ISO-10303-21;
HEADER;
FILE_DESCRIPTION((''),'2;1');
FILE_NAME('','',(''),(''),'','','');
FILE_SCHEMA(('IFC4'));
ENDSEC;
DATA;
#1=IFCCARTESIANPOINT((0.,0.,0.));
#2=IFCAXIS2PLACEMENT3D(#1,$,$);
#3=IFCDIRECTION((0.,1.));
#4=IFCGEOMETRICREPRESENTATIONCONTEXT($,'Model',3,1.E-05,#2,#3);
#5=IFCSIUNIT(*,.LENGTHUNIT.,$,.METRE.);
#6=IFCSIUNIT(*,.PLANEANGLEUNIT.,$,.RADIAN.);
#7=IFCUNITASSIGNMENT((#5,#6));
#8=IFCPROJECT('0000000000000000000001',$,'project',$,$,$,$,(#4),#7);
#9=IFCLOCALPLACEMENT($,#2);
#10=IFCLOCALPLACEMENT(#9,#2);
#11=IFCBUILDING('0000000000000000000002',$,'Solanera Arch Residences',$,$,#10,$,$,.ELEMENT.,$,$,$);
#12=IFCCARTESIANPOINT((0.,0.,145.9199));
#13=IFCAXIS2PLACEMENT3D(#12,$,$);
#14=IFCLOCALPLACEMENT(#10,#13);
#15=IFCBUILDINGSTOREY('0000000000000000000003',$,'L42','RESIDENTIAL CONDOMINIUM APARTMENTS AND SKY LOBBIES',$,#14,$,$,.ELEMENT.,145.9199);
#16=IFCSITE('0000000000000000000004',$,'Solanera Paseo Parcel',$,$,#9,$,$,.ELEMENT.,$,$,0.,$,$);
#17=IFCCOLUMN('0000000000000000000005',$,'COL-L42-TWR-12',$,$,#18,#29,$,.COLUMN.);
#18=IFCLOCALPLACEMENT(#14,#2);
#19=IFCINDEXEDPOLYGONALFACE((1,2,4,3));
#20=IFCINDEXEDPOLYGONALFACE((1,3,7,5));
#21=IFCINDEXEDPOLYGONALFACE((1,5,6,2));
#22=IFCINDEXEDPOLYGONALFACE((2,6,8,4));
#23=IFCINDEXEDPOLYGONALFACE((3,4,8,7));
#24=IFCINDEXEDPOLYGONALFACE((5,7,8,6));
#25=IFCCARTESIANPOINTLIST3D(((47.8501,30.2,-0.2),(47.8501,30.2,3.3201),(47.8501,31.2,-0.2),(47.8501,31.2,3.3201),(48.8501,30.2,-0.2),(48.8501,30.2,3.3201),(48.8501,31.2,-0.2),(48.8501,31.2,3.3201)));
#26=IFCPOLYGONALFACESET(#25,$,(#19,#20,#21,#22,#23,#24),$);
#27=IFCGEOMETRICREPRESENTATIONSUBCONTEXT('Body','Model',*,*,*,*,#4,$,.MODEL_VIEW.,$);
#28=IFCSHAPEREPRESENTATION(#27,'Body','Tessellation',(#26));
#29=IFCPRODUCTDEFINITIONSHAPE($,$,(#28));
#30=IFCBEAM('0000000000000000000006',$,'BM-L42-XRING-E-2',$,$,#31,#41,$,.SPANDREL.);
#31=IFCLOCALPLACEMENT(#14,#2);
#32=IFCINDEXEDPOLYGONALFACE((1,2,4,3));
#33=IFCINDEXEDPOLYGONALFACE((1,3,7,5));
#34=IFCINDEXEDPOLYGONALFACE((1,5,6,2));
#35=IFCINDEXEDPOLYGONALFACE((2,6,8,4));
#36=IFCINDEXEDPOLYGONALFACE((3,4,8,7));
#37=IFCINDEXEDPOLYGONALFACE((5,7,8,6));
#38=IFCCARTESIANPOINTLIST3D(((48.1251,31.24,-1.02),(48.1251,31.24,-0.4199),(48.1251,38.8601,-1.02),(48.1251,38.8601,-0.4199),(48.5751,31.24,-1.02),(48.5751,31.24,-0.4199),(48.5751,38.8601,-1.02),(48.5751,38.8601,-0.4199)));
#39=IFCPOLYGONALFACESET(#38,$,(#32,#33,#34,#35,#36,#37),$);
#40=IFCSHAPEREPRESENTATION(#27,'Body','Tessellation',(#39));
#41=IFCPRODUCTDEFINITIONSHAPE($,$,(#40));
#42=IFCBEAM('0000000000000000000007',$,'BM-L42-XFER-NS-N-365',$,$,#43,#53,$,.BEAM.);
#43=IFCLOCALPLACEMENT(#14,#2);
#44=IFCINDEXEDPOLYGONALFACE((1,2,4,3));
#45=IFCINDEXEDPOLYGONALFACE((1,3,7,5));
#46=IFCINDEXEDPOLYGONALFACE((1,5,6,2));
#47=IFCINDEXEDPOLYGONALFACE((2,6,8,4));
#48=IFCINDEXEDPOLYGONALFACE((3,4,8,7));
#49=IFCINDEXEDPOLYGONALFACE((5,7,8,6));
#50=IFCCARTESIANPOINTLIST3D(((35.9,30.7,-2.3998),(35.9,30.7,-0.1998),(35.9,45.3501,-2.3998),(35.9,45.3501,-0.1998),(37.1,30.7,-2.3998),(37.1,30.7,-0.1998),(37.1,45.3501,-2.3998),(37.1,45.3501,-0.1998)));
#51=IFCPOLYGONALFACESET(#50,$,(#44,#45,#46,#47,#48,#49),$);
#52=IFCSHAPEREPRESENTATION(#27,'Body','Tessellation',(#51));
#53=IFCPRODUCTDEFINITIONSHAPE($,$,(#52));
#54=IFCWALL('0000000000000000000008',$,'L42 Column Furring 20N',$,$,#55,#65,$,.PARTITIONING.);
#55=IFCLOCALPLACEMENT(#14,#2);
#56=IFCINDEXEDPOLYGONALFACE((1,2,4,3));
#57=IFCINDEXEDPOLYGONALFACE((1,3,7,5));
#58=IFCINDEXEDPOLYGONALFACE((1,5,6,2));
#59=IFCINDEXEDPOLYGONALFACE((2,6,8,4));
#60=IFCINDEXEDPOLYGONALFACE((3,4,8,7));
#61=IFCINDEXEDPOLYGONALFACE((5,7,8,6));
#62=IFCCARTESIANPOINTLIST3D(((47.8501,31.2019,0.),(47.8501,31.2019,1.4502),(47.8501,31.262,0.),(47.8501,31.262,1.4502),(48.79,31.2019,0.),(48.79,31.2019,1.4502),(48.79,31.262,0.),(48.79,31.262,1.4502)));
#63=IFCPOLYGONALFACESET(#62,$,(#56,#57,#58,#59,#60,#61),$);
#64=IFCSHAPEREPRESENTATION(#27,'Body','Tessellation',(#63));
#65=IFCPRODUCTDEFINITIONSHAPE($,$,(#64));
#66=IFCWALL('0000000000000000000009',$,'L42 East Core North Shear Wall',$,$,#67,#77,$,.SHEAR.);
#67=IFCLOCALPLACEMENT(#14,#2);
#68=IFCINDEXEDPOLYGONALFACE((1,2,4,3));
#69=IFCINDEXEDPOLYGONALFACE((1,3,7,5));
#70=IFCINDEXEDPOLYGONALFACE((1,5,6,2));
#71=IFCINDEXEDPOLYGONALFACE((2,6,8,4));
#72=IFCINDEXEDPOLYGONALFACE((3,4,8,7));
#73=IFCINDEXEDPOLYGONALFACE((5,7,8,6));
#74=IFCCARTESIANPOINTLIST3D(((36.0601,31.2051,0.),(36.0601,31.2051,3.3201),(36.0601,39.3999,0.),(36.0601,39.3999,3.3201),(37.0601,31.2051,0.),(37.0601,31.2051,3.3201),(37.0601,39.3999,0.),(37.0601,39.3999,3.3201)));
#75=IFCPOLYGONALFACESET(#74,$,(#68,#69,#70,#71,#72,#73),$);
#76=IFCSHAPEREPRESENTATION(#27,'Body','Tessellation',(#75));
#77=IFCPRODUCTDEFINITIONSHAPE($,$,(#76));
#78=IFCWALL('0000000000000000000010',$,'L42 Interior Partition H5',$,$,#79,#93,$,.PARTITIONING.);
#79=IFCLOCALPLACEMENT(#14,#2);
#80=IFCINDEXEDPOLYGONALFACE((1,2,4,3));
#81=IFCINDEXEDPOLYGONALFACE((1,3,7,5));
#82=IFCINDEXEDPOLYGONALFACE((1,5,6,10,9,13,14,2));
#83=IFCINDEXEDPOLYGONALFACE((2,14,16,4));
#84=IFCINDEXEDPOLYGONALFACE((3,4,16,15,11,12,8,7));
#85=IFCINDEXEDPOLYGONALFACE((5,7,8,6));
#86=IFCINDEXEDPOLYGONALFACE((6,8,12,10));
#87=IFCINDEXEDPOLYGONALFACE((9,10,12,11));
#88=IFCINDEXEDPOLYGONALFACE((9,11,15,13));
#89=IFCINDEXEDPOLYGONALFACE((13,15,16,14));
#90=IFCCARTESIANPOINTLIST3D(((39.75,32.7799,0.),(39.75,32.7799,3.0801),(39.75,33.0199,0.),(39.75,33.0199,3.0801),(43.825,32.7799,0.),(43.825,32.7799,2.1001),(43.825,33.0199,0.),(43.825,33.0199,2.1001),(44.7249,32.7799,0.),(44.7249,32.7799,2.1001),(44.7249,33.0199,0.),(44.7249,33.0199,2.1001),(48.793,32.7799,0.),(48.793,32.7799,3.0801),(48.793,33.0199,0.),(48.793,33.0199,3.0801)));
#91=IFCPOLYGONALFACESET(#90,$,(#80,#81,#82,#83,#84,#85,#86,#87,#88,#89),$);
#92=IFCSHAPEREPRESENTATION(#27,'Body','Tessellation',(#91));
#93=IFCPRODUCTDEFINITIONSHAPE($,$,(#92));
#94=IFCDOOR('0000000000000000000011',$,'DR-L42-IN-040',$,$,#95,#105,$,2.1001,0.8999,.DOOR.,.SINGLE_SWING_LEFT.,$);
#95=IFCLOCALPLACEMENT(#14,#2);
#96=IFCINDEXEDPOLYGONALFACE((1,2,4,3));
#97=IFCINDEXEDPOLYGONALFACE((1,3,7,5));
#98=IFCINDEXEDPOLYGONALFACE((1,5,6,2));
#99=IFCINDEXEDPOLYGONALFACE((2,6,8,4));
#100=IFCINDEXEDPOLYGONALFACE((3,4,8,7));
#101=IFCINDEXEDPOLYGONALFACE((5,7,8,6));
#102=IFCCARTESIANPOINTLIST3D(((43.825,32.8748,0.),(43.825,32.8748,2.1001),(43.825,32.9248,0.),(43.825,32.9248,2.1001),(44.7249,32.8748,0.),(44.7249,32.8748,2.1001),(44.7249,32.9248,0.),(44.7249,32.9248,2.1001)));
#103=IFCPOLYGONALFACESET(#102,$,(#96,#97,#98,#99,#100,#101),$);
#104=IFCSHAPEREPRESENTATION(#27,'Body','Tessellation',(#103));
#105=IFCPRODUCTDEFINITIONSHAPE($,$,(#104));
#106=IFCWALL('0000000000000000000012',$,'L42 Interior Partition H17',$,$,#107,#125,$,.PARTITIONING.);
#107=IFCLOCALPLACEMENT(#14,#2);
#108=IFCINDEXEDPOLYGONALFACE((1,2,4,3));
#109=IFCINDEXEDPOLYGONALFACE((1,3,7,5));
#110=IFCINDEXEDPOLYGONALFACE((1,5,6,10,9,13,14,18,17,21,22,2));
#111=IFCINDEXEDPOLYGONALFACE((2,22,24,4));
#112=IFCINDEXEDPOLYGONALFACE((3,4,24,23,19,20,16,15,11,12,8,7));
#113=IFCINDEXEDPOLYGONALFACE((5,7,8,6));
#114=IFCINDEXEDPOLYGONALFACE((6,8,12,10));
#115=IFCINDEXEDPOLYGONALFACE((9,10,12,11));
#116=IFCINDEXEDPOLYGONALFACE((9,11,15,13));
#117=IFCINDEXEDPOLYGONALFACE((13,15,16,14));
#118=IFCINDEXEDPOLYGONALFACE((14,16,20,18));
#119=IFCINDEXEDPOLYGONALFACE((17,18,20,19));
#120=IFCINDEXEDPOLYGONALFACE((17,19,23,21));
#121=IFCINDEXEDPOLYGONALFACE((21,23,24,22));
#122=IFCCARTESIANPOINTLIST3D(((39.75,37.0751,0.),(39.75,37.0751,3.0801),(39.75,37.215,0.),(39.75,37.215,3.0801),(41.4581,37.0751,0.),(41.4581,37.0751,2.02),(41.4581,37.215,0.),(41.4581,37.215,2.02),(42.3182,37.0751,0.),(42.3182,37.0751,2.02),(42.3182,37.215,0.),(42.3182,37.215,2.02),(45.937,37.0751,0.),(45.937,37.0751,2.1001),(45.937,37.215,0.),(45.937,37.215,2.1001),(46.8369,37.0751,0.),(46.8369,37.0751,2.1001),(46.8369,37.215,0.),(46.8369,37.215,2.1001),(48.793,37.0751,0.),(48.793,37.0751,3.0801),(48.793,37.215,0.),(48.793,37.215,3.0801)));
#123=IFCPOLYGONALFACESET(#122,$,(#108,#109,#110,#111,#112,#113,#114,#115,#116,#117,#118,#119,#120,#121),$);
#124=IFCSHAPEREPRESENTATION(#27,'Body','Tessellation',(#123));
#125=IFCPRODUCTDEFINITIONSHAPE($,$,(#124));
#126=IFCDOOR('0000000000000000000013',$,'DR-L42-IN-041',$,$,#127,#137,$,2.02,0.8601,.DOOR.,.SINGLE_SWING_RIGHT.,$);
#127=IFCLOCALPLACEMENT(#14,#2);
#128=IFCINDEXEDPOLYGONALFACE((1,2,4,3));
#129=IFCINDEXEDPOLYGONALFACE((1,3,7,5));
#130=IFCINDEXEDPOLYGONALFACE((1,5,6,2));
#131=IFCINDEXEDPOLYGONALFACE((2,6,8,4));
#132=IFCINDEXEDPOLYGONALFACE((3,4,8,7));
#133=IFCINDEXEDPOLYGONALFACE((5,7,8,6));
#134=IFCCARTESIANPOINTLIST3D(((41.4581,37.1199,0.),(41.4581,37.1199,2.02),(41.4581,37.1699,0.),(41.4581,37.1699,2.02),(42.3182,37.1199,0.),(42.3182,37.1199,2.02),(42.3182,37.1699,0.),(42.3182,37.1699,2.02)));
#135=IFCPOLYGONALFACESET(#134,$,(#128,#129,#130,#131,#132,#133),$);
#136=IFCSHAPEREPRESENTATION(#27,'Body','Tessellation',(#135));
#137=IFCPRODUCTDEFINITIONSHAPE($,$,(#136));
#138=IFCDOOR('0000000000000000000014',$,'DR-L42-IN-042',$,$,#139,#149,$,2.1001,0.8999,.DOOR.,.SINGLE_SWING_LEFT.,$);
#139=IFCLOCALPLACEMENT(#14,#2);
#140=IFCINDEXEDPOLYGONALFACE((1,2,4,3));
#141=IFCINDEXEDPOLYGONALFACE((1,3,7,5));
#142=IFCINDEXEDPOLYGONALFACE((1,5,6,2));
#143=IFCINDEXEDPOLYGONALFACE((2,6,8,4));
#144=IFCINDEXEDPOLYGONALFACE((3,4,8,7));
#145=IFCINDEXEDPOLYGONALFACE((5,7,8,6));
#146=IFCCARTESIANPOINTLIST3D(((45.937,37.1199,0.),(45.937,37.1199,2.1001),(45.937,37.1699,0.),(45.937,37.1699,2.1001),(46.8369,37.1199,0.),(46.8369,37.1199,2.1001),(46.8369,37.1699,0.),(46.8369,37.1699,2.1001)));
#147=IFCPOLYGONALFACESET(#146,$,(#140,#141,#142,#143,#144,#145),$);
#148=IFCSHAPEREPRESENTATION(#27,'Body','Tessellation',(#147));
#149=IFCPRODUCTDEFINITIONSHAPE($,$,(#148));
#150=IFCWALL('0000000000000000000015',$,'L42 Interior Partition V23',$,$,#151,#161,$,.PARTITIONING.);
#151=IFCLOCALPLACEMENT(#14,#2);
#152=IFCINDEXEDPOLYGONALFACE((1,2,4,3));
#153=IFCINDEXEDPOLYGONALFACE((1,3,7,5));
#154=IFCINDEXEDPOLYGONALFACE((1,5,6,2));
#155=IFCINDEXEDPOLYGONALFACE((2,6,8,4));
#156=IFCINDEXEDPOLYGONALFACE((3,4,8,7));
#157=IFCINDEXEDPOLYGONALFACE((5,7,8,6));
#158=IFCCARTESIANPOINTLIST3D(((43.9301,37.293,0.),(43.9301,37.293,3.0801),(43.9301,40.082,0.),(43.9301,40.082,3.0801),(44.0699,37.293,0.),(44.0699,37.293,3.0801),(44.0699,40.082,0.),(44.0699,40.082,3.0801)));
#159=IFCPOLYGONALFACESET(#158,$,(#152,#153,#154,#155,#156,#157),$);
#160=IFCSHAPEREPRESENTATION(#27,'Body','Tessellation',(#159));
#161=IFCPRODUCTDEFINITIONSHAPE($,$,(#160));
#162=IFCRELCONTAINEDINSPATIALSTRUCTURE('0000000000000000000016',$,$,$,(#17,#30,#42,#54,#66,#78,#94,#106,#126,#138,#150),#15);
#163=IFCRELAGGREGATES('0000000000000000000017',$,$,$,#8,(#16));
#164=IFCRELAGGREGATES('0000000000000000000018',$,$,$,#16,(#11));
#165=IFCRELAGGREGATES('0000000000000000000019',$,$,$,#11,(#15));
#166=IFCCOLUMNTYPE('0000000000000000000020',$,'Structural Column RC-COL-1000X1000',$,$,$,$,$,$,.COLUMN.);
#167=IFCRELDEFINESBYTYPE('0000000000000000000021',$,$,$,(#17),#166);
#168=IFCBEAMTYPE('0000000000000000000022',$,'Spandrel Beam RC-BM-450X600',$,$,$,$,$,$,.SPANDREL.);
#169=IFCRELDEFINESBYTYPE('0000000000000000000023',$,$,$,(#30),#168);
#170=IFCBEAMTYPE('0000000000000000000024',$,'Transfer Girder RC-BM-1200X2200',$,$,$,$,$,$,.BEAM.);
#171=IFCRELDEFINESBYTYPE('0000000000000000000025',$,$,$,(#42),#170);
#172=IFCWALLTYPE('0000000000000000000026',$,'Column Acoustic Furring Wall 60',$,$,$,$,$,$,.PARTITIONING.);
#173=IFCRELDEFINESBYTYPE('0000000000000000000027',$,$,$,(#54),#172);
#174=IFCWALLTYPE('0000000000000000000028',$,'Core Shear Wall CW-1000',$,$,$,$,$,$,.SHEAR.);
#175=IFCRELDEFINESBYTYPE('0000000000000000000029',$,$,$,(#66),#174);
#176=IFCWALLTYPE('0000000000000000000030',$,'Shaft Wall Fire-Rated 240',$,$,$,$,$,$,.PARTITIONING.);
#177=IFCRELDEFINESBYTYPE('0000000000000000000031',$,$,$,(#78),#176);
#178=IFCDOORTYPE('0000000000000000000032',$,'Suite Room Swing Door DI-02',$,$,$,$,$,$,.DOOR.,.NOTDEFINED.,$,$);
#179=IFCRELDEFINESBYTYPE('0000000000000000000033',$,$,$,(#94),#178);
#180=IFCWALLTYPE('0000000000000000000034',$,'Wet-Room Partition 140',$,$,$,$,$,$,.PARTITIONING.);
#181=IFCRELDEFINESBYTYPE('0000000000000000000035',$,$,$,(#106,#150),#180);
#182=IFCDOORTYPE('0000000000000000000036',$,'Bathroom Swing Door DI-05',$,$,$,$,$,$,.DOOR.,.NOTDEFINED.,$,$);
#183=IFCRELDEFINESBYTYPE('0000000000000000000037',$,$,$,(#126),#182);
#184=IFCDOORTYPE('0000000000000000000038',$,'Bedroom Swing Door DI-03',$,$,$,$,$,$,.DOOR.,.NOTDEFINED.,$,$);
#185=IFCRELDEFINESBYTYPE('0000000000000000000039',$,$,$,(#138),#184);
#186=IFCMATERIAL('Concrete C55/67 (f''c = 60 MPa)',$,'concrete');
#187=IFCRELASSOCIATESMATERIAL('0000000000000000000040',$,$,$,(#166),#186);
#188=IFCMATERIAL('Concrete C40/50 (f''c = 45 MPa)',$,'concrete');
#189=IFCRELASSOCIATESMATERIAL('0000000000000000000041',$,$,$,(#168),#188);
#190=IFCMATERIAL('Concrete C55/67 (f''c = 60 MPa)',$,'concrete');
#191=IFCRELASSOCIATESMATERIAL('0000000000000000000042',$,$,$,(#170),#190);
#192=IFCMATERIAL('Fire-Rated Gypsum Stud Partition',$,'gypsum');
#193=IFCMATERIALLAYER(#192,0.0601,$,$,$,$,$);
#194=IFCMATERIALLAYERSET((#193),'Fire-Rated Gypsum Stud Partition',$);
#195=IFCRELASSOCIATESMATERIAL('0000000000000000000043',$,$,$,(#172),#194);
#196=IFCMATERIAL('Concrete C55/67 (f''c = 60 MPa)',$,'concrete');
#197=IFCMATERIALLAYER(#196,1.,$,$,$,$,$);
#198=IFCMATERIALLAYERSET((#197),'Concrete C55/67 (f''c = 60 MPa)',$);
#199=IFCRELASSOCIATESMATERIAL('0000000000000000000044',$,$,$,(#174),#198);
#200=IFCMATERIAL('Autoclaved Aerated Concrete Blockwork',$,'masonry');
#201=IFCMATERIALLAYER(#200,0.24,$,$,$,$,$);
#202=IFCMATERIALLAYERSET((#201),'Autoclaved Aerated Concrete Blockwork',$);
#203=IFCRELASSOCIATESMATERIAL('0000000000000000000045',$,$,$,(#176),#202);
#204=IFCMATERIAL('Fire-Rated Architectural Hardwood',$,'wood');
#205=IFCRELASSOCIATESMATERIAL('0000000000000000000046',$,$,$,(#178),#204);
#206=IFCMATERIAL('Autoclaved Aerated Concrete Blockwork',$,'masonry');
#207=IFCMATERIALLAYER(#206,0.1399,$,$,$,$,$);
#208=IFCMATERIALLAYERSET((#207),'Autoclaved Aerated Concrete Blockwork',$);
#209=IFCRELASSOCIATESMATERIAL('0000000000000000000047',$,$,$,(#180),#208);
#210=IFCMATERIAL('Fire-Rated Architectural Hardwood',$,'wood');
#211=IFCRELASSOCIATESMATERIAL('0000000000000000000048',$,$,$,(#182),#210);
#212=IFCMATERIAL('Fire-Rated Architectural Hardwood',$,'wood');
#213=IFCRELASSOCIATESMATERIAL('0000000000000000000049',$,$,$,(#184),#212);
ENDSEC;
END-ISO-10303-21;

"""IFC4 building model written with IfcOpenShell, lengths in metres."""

from ifc_helpers import new_model, si_unit, direction, frame, frame_2d, origin, origin_2d, place, context, subcontext, project, spatial, rectangle, extrude, material, layer, layer_set, material_profile, profile_set, type_object, element, fill, save


model = new_model("IFC4")

# Units and contexts
model_context = context("Model", 3, precision=1e-05, world=origin(), true_north=direction((0.0, 1.0)))
body_context = subcontext(model_context, "Body", "Model", "MODEL_VIEW")
ifc_project = project(units=[si_unit("LENGTHUNIT", "METRE"), si_unit("PLANEANGLEUNIT", "RADIAN")], contexts=[model_context])

# Site, building, storey
site_placement = place(None, origin())
site = spatial("IfcSite", under=ifc_project, at=site_placement, Name="Solanera Paseo Parcel", CompositionType="ELEMENT", RefElevation=0.0)
building_placement = place(site_placement, origin())
building = spatial("IfcBuilding", under=site, at=building_placement, Name="Solanera Arch Residences", CompositionType="ELEMENT")
storey_placement = place(building_placement, frame((0.0, 0.0, 145.9199)))
storey = spatial("IfcBuildingStorey", under=building, at=storey_placement, Name="L42", Description="RESIDENTIAL CONDOMINIUM APARTMENTS AND SKY LOBBIES", CompositionType="ELEMENT", Elevation=145.9199)

# Column
ifc_material_1 = material(Name="Concrete C55/67 (f'c = 60 MPa)", Category="concrete")
ifc_material_profile_1 = material_profile(ifc_material_1, rectangle(XDim=1.0, YDim=1.0, at=origin_2d()))
ifc_profile_set_1 = profile_set([ifc_material_profile_1], Name="Concrete C55/67 (f'c = 60 MPa)")
column_type = type_object("IfcColumnType", Name="Structural Column RC-COL-1000X1000", PredefinedType="COLUMN", material=ifc_profile_set_1)
column_placement = place(storey_placement, frame((48.3501, 30.7, -0.2), z_axis=(0.0, 0.0, 1.0), x_axis=(1.0, 0.0, 0.0)))
element("IfcColumn", 1, at=column_placement, inside=storey, type_object=column_type, Name="COL-L42-TWR-12", PredefinedType="COLUMN", context=body_context, shape_type="SweptSolid", body=[
    extrude(rectangle(XDim=1.0, YDim=1.0, at=origin_2d()), origin(), (0.0, 0.0, 1.0), 3.52),
])

# Beams
ifc_material_2 = material(Name="Concrete C40/50 (f'c = 45 MPa)", Category="concrete")
ifc_material_profile_2 = material_profile(ifc_material_2, rectangle(XDim=0.45, YDim=0.6001, at=origin_2d()))
ifc_profile_set_2 = profile_set([ifc_material_profile_2], Name="Concrete C40/50 (f'c = 45 MPa)")
beam_type_1 = type_object("IfcBeamType", Name="Spandrel Beam RC-BM-450X600", PredefinedType="SPANDREL", material=ifc_profile_set_2)
beam_1_placement = place(storey_placement, frame((48.3501, 31.24, -0.72), z_axis=(0.0, 1.0, 0.0), x_axis=(-1.0, 0.0, 0.0)))
element("IfcBeam", 2, at=beam_1_placement, inside=storey, type_object=beam_type_1, Name="BM-L42-XRING-E-2", PredefinedType="SPANDREL", context=body_context, shape_type="SweptSolid", body=[
    extrude(rectangle(XDim=0.45, YDim=0.6001, at=origin_2d()), origin(), (0.0, 0.0, 1.0), 7.6201),
])
ifc_material_3 = material(Name="Concrete C55/67 (f'c = 60 MPa)", Category="concrete")
ifc_material_profile_3 = material_profile(ifc_material_3, rectangle(XDim=1.2, YDim=2.2, at=origin_2d()))
ifc_profile_set_3 = profile_set([ifc_material_profile_3], Name="Concrete C55/67 (f'c = 60 MPa)")
beam_type_2 = type_object("IfcBeamType", Name="Transfer Girder RC-BM-1200X2200", PredefinedType="BEAM", material=ifc_profile_set_3)
beam_2_placement = place(storey_placement, frame((36.5, 30.7, -1.2998), z_axis=(0.0, 1.0, 0.0), x_axis=(-1.0, 0.0, 0.0)))
element("IfcBeam", 3, at=beam_2_placement, inside=storey, type_object=beam_type_2, Name="BM-L42-XFER-NS-N-365", PredefinedType="BEAM", context=body_context, shape_type="SweptSolid", body=[
    extrude(rectangle(XDim=1.2, YDim=2.2, at=origin_2d()), origin(), (0.0, 0.0, 1.0), 14.6501),
])

# Walls
ifc_material_4 = material(Name="Fire-Rated Gypsum Stud Partition", Category="gypsum")
ifc_layer_1 = layer(ifc_material_4, 0.0601)
ifc_layer_set_1 = layer_set([ifc_layer_1], Name="Fire-Rated Gypsum Stud Partition")
wall_type_1 = type_object("IfcWallType", Name="Column Acoustic Furring Wall 60", PredefinedType="PARTITIONING", material=ifc_layer_set_1)
wall_1_placement = place(storey_placement, frame((47.8501, 31.2319, 0.0), z_axis=(0.0, 0.0, 1.0), x_axis=(1.0, 0.0, 0.0)))
element("IfcWall", 4, at=wall_1_placement, inside=storey, type_object=wall_type_1, Name="L42 Column Furring 20N", PredefinedType="PARTITIONING", context=body_context, shape_type="SweptSolid", body=[
    extrude(rectangle(XDim=0.9399, YDim=0.0601, at=frame_2d((0.47, 0.0))), origin(), (0.0, 0.0, 1.0), 1.4502),
])
ifc_material_5 = material(Name="Concrete C55/67 (f'c = 60 MPa)", Category="concrete")
ifc_layer_2 = layer(ifc_material_5, 1.0)
ifc_layer_set_2 = layer_set([ifc_layer_2], Name="Concrete C55/67 (f'c = 60 MPa)")
wall_type_2 = type_object("IfcWallType", Name="Core Shear Wall CW-1000", PredefinedType="SHEAR", material=ifc_layer_set_2)
wall_2_placement = place(storey_placement, frame((36.5601, 31.2051, 0.0), z_axis=(0.0, 0.0, 1.0), x_axis=(0.0, 1.0, 0.0)))
element("IfcWall", 5, at=wall_2_placement, inside=storey, type_object=wall_type_2, Name="L42 East Core North Shear Wall", PredefinedType="SHEAR", context=body_context, shape_type="SweptSolid", body=[
    extrude(rectangle(XDim=8.1948, YDim=1.0, at=frame_2d((4.0974, 0.0))), origin(), (0.0, 0.0, 1.0), 3.3201),
])

# Wall, opening, door
ifc_material_6 = material(Name="Autoclaved Aerated Concrete Blockwork", Category="masonry")
ifc_layer_3 = layer(ifc_material_6, 0.24)
ifc_layer_set_3 = layer_set([ifc_layer_3], Name="Autoclaved Aerated Concrete Blockwork")
wall_type_3 = type_object("IfcWallType", Name="Shaft Wall Fire-Rated 240", PredefinedType="PARTITIONING", material=ifc_layer_set_3)
wall_3_placement = place(storey_placement, frame((39.75, 32.8999, 0.0), z_axis=(0.0, 0.0, 1.0), x_axis=(1.0, 0.0, 0.0)))
wall_3 = element("IfcWall", 6, at=wall_3_placement, inside=storey, type_object=wall_type_3, Name="L42 Interior Partition H5", PredefinedType="PARTITIONING", context=body_context, shape_type="SweptSolid", body=[
    extrude(rectangle(XDim=9.043, YDim=0.24, at=frame_2d((4.5215, 0.0))), origin(), (0.0, 0.0, 1.0), 3.0801),
])
opening_1_placement = place(wall_3_placement, frame((4.075, 0.0, 0.0)))
opening_1 = element("IfcOpeningElement", 7, at=opening_1_placement, cuts=wall_3, PredefinedType="OPENING", context=body_context, shape_type="SweptSolid", body=[
    extrude(rectangle(XDim=0.8999, YDim=2.1001, at=frame_2d((0.45, 1.05))), frame((0.0, 0.1299, 0.0), z_axis=(0.0, -1.0, 0.0), x_axis=(1.0, 0.0, 0.0)), (0.0, 0.0, 1.0), 0.26),
])
ifc_material_7 = material(Name="Fire-Rated Architectural Hardwood", Category="wood")
door_type_1 = type_object("IfcDoorType", Name="Suite Room Swing Door DI-02", OperationType="NOTDEFINED", PredefinedType="DOOR", material=ifc_material_7)
door_1_placement = place(opening_1_placement, origin())
door_1 = element("IfcDoor", 8, at=door_1_placement, inside=storey, type_object=door_type_1, Name="DR-L42-IN-040", OperationType="SINGLE_SWING_LEFT", OverallHeight=2.1001, OverallWidth=0.8999, PredefinedType="DOOR", context=body_context, shape_type="SweptSolid", body=[
    extrude(rectangle(XDim=0.8999, YDim=2.1001, at=frame_2d((0.45, 1.05))), frame((0.0, 0.0249, 0.0), z_axis=(0.0, -1.0, 0.0), x_axis=(1.0, 0.0, 0.0)), (0.0, 0.0, 1.0), 0.05),
])
fill(opening_1, door_1)

# Wall, openings, doors
ifc_material_8 = material(Name="Autoclaved Aerated Concrete Blockwork", Category="masonry")
ifc_layer_4 = layer(ifc_material_8, 0.1399)
ifc_layer_set_4 = layer_set([ifc_layer_4], Name="Autoclaved Aerated Concrete Blockwork")
wall_type_4 = type_object("IfcWallType", Name="Wet-Room Partition 140", PredefinedType="PARTITIONING", material=ifc_layer_set_4)
wall_4_placement = place(storey_placement, frame((39.75, 37.145, 0.0), z_axis=(0.0, 0.0, 1.0), x_axis=(1.0, 0.0, 0.0)))
wall_4 = element("IfcWall", 9, at=wall_4_placement, inside=storey, type_object=wall_type_4, Name="L42 Interior Partition H17", PredefinedType="PARTITIONING", context=body_context, shape_type="SweptSolid", body=[
    extrude(rectangle(XDim=9.043, YDim=0.1399, at=frame_2d((4.5215, 0.0))), origin(), (0.0, 0.0, 1.0), 3.0801),
])
opening_2_placement = place(wall_4_placement, frame((1.708, 0.0, 0.0)))
opening_2 = element("IfcOpeningElement", 10, at=opening_2_placement, cuts=wall_4, PredefinedType="OPENING", context=body_context, shape_type="SweptSolid", body=[
    extrude(rectangle(XDim=0.8601, YDim=2.02, at=frame_2d((0.4302, 1.01))), frame((0.0, 0.0798, 0.0), z_axis=(0.0, -1.0, 0.0), x_axis=(1.0, 0.0, 0.0)), (0.0, 0.0, 1.0), 0.1599),
])
opening_3_placement = place(wall_4_placement, frame((6.187, 0.0, 0.0)))
opening_3 = element("IfcOpeningElement", 11, at=opening_3_placement, cuts=wall_4, PredefinedType="OPENING", context=body_context, shape_type="SweptSolid", body=[
    extrude(rectangle(XDim=0.8999, YDim=2.1001, at=frame_2d((0.45, 1.05))), frame((0.0, 0.0798, 0.0), z_axis=(0.0, -1.0, 0.0), x_axis=(1.0, 0.0, 0.0)), (0.0, 0.0, 1.0), 0.1599),
])
ifc_material_9 = material(Name="Fire-Rated Architectural Hardwood", Category="wood")
door_type_2 = type_object("IfcDoorType", Name="Bathroom Swing Door DI-05", OperationType="NOTDEFINED", PredefinedType="DOOR", material=ifc_material_9)
door_2_placement = place(opening_2_placement, origin())
door_2 = element("IfcDoor", 12, at=door_2_placement, inside=storey, type_object=door_type_2, Name="DR-L42-IN-041", OperationType="SINGLE_SWING_RIGHT", OverallHeight=2.02, OverallWidth=0.8601, PredefinedType="DOOR", context=body_context, shape_type="SweptSolid", body=[
    extrude(rectangle(XDim=0.8601, YDim=2.02, at=frame_2d((0.4302, 1.01))), frame((0.0, 0.0249, 0.0), z_axis=(0.0, -1.0, 0.0), x_axis=(1.0, 0.0, 0.0)), (0.0, 0.0, 1.0), 0.05),
])
fill(opening_2, door_2)
ifc_material_10 = material(Name="Fire-Rated Architectural Hardwood", Category="wood")
door_type_3 = type_object("IfcDoorType", Name="Bedroom Swing Door DI-03", OperationType="NOTDEFINED", PredefinedType="DOOR", material=ifc_material_10)
door_3_placement = place(opening_3_placement, origin())
door_3 = element("IfcDoor", 13, at=door_3_placement, inside=storey, type_object=door_type_3, Name="DR-L42-IN-042", OperationType="SINGLE_SWING_LEFT", OverallHeight=2.1001, OverallWidth=0.8999, PredefinedType="DOOR", context=body_context, shape_type="SweptSolid", body=[
    extrude(rectangle(XDim=0.8999, YDim=2.1001, at=frame_2d((0.45, 1.05))), frame((0.0, 0.0249, 0.0), z_axis=(0.0, -1.0, 0.0), x_axis=(1.0, 0.0, 0.0)), (0.0, 0.0, 1.0), 0.05),
])
fill(opening_3, door_3)

# Wall
wall_5_placement = place(storey_placement, frame((44.0, 37.293, 0.0), z_axis=(0.0, 0.0, 1.0), x_axis=(0.0, 1.0, 0.0)))
element("IfcWall", 14, at=wall_5_placement, inside=storey, type_object=wall_type_4, Name="L42 Interior Partition V23", PredefinedType="PARTITIONING", context=body_context, shape_type="SweptSolid", body=[
    extrude(rectangle(XDim=2.7891, YDim=0.1399, at=frame_2d((1.3945, 0.0))), origin(), (0.0, 0.0, 1.0), 3.0801),
])

save(model, "model.ifc")
